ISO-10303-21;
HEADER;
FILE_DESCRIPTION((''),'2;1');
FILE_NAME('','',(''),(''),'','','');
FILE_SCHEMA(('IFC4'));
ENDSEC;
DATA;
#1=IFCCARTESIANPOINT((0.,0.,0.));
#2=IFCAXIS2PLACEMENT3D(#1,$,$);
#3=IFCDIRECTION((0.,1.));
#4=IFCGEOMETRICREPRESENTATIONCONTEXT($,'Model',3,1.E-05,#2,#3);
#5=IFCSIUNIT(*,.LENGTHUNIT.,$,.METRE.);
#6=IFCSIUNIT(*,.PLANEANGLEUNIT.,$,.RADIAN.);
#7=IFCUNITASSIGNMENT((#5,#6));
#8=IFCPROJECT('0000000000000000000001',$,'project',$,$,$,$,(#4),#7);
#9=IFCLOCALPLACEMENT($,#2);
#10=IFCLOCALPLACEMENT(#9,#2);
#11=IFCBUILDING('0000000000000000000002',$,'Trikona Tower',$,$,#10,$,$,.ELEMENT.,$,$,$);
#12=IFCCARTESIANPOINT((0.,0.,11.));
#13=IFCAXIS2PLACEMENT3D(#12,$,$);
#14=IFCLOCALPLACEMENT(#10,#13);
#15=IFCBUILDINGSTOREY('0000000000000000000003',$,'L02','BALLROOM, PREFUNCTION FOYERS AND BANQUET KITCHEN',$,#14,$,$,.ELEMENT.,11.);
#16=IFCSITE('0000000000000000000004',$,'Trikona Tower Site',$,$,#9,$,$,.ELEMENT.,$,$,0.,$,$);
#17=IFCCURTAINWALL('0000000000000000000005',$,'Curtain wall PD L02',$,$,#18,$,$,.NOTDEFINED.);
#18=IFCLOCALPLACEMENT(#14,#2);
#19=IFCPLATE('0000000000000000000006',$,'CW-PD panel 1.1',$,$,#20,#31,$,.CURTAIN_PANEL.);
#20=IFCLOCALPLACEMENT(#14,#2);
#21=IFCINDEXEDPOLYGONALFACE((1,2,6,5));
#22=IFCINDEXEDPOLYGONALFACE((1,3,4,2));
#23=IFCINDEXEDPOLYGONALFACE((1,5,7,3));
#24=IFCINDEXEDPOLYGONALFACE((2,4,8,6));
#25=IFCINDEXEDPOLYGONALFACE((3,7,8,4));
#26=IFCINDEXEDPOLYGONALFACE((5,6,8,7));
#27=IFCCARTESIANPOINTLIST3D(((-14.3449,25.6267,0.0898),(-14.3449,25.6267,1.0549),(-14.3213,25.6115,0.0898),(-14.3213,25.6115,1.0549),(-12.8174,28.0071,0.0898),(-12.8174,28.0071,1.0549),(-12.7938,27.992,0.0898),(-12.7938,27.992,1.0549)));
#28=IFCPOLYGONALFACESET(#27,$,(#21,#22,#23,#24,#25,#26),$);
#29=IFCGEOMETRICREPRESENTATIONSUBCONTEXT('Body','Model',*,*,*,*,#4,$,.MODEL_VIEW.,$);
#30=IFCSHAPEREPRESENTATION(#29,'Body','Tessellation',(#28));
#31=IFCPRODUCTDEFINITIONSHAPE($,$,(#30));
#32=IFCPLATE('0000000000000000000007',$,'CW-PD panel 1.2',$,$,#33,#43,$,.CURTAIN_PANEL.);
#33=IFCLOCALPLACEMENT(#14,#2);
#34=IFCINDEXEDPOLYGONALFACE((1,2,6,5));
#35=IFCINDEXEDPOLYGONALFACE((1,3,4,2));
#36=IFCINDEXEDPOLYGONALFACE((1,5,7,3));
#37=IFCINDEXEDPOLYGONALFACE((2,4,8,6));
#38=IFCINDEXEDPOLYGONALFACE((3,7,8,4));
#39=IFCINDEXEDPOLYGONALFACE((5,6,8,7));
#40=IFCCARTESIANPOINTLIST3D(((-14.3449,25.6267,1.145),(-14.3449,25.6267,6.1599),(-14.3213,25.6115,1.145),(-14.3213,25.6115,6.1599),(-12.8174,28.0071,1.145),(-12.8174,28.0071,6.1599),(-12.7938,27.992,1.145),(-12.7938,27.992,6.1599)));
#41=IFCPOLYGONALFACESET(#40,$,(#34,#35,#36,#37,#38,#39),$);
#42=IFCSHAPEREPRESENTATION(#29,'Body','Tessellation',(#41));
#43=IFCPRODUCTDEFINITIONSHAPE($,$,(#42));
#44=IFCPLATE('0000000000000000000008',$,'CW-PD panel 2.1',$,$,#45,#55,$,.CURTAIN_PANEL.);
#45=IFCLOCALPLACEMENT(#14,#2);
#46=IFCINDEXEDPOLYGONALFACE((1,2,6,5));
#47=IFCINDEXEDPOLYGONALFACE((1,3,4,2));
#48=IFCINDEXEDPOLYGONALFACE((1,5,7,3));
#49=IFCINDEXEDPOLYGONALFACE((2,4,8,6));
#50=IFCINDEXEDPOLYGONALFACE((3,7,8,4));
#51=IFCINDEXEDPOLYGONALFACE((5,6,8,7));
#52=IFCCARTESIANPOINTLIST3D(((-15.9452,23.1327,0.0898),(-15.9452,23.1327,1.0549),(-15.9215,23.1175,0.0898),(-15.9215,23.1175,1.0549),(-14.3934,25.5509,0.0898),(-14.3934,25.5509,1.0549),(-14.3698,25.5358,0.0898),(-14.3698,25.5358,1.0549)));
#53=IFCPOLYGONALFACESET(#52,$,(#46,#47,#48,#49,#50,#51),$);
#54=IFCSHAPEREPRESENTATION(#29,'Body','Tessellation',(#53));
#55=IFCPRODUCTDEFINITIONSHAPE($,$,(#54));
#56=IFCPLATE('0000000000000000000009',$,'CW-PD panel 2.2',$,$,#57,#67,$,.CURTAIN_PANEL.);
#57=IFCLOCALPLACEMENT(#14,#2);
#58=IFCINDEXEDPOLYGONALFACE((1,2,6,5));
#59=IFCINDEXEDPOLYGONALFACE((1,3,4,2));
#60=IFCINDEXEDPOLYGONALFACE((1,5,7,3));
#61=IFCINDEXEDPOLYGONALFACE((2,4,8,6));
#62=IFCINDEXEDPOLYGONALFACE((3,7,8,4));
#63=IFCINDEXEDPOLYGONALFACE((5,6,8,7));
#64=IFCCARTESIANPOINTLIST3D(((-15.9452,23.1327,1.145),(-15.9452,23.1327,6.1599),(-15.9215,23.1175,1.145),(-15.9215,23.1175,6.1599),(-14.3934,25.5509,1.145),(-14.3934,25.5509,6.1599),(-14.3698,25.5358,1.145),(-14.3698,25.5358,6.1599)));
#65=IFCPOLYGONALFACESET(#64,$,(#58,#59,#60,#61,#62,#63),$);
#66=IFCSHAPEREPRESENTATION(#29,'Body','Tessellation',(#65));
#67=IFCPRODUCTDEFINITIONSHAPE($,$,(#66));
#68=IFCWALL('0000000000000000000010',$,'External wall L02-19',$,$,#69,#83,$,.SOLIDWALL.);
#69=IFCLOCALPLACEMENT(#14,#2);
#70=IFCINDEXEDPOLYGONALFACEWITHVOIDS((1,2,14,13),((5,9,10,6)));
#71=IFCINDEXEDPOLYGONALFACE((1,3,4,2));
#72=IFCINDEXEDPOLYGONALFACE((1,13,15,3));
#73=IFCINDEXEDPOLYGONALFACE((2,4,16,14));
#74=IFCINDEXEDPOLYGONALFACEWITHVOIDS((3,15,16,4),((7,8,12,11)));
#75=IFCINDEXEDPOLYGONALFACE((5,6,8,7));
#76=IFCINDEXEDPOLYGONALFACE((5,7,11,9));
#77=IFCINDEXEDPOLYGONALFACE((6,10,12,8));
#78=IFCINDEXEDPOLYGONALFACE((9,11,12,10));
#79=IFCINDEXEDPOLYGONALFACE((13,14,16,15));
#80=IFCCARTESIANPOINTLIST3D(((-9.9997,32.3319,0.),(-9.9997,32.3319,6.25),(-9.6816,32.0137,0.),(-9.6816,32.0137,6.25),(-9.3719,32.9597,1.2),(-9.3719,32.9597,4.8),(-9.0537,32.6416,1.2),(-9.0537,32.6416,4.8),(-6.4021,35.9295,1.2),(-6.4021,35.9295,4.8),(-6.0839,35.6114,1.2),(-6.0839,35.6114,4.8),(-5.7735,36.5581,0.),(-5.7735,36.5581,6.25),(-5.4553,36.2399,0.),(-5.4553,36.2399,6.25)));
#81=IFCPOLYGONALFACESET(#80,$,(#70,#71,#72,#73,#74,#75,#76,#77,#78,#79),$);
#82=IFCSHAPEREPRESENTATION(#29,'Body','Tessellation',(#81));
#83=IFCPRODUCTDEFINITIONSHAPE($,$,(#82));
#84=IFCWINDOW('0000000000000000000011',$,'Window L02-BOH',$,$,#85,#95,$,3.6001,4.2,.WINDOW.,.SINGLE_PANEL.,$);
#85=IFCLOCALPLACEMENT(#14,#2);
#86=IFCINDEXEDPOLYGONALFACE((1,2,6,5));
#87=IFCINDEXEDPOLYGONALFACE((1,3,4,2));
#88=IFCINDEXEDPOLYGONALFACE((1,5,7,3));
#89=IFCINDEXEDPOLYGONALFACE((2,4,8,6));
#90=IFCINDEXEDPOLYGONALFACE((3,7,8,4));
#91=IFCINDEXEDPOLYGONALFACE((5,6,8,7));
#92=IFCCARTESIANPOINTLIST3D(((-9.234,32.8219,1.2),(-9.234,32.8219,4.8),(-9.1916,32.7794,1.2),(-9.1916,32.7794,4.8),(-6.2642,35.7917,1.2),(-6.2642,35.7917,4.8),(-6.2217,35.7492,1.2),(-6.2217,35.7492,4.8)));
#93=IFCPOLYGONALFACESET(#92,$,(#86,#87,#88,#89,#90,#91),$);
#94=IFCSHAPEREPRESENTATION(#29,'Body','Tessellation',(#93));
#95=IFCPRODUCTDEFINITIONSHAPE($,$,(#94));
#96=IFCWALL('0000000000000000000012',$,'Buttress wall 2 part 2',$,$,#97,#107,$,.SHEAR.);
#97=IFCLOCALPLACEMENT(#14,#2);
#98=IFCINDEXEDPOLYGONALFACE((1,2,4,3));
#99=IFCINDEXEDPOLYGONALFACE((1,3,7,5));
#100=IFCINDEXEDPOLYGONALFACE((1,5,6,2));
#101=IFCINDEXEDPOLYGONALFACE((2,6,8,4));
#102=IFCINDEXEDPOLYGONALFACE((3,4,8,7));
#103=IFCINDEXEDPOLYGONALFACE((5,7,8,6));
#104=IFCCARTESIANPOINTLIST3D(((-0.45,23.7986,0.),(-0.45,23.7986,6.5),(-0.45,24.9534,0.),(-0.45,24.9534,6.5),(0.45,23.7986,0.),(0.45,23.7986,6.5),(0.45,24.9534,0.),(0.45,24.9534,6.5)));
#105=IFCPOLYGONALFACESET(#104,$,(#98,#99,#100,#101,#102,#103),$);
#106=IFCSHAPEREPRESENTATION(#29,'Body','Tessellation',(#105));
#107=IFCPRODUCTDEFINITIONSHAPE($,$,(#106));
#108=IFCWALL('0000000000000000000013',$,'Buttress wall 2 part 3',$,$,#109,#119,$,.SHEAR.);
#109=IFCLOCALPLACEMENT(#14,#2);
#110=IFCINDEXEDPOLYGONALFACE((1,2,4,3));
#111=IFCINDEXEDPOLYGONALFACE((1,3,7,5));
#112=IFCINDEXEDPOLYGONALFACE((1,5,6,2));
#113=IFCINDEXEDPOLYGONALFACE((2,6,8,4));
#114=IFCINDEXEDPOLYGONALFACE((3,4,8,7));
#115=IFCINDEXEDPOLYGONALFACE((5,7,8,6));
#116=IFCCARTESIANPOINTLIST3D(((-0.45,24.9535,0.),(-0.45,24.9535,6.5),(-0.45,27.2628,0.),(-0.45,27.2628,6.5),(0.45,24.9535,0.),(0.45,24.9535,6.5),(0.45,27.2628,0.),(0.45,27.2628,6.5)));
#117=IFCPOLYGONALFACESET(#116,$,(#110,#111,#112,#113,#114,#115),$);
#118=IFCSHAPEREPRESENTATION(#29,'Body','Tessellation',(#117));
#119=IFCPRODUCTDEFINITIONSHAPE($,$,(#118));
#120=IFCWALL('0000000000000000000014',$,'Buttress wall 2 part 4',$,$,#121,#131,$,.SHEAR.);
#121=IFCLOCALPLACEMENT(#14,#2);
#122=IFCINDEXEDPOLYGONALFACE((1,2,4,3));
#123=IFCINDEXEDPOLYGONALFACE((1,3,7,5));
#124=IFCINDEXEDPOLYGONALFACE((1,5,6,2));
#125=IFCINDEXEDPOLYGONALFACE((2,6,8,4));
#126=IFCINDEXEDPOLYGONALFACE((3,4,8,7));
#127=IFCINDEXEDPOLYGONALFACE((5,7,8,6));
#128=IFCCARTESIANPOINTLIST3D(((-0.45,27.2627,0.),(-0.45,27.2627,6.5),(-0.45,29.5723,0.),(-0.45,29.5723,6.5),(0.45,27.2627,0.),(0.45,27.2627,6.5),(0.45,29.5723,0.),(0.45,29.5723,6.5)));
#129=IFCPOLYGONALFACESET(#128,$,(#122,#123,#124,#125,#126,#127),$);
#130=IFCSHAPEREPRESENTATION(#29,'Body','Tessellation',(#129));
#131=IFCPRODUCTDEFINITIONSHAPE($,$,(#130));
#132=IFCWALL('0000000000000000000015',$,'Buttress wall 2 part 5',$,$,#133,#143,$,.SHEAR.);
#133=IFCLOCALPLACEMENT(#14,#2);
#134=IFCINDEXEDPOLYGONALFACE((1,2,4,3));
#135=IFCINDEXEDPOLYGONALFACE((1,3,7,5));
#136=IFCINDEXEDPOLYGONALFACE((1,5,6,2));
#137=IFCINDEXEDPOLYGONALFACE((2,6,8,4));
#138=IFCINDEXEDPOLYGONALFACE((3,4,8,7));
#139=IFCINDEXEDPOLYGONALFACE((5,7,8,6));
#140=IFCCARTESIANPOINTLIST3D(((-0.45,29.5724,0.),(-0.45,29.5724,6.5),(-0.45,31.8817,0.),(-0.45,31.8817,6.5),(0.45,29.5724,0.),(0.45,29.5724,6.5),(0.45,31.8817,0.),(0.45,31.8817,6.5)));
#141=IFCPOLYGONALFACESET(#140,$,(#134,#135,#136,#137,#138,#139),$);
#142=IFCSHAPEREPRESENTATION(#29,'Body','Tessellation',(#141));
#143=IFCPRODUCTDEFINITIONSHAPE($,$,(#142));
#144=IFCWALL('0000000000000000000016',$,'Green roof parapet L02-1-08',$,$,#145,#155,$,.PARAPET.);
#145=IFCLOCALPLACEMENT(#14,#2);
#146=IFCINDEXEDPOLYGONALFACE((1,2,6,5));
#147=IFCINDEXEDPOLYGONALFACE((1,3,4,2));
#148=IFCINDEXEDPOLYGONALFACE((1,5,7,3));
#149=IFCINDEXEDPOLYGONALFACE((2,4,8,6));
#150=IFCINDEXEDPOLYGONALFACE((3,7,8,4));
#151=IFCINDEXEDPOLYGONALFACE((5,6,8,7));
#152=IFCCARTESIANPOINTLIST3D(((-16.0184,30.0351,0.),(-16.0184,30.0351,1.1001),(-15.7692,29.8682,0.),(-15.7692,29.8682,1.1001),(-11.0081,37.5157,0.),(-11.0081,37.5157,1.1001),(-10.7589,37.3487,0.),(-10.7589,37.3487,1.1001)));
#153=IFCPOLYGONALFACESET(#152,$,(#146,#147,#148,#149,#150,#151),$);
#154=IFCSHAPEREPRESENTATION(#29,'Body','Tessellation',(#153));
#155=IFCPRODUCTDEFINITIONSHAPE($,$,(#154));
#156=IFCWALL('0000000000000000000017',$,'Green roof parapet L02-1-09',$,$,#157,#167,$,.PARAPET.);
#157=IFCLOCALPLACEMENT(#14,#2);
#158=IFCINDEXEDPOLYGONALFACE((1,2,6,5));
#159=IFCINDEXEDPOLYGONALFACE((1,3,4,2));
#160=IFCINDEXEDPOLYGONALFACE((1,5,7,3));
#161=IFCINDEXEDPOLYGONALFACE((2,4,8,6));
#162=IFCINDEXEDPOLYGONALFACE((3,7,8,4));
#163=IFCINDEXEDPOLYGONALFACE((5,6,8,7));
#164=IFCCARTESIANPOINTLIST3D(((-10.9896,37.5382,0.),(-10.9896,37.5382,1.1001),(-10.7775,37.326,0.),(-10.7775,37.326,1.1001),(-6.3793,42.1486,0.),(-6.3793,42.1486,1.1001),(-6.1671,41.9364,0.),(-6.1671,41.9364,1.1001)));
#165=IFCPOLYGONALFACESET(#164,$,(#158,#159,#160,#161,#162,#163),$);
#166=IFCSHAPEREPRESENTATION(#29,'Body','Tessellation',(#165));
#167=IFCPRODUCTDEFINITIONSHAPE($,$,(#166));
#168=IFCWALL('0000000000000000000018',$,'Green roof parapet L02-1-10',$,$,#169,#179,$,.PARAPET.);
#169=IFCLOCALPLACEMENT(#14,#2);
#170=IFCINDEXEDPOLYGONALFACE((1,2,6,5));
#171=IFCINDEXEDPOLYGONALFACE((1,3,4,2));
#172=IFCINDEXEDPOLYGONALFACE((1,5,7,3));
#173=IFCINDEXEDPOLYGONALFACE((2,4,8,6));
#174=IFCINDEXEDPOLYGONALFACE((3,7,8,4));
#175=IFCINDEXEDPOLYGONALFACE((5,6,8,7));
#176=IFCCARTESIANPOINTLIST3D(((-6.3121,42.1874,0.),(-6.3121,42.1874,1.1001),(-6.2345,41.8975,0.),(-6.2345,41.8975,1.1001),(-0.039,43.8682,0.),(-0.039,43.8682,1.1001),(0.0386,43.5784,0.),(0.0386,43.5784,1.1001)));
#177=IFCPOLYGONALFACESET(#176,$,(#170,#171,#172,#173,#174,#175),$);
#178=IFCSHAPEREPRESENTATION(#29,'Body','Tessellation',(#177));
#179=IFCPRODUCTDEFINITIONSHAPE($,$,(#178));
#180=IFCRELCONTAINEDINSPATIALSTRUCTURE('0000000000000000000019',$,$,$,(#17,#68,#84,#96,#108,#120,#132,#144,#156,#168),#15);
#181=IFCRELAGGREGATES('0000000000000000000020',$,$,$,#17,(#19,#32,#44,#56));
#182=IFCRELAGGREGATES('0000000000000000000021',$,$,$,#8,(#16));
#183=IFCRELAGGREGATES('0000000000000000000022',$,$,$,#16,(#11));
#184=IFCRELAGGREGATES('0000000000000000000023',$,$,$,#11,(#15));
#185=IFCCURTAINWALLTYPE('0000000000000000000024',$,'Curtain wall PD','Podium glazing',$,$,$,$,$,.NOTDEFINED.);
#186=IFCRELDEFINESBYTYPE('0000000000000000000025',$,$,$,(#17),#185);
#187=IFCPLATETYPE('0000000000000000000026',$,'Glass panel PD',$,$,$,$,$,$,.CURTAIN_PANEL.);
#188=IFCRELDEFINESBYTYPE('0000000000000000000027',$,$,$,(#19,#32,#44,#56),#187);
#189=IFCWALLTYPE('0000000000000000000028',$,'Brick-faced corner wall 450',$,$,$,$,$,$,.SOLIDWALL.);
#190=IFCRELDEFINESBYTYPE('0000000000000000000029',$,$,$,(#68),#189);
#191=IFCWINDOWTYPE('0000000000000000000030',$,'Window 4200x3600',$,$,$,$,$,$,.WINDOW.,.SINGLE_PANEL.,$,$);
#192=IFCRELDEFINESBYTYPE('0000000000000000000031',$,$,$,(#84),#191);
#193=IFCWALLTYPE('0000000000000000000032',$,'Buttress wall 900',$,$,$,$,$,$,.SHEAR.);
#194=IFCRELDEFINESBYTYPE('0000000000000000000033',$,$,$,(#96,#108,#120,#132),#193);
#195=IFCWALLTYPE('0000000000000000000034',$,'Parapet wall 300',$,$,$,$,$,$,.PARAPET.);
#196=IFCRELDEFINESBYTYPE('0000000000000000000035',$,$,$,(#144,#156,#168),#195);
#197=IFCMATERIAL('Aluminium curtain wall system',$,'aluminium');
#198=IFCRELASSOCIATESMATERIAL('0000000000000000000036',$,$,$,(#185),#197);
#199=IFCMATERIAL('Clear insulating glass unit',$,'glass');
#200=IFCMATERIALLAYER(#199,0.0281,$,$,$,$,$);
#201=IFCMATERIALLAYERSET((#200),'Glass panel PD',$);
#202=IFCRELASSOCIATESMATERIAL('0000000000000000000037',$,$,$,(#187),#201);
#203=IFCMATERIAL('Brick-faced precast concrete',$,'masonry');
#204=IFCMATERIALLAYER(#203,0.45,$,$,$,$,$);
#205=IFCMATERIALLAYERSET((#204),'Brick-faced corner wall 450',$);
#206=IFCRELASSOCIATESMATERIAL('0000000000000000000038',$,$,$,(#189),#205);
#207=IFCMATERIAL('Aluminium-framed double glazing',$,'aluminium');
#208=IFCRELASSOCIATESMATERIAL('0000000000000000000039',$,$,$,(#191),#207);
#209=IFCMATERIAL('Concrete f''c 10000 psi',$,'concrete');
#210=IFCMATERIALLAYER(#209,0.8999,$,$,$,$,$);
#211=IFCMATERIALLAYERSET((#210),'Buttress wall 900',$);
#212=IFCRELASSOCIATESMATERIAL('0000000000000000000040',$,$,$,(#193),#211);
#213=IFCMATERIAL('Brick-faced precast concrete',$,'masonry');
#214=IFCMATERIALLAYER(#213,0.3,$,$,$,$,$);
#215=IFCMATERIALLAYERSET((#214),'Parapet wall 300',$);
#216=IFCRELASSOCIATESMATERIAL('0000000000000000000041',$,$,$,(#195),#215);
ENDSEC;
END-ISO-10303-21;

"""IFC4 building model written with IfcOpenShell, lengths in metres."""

from ifc_helpers import new_model, si_unit, direction, frame, frame_2d, origin, origin_2d, place, context, subcontext, project, spatial, rectangle, extrude, material, layer, layer_set, type_object, element, fill, aggregate, save


model = new_model("IFC4")

# Units and contexts
model_context = context("Model", 3, precision=1e-05, world=origin(), true_north=direction((0.0, 1.0)))
body_context = subcontext(model_context, "Body", "Model", "MODEL_VIEW")
ifc_project = project(units=[si_unit("LENGTHUNIT", "METRE"), si_unit("PLANEANGLEUNIT", "RADIAN")], contexts=[model_context])

# Site, building, storey
site_placement = place(None, origin())
site = spatial("IfcSite", under=ifc_project, at=site_placement, Name="Trikona Tower Site", CompositionType="ELEMENT", RefElevation=0.0)
building_placement = place(site_placement, origin())
building = spatial("IfcBuilding", under=site, at=building_placement, Name="Trikona Tower", CompositionType="ELEMENT")
storey_placement = place(building_placement, frame((0.0, 0.0, 11.0)))
storey = spatial("IfcBuildingStorey", under=building, at=storey_placement, Name="L02", Description="BALLROOM, PREFUNCTION FOYERS AND BANQUET KITCHEN", CompositionType="ELEMENT", Elevation=11.0)

# Curtain wall
ifc_material_1 = material(Name="Aluminium curtain wall system", Category="aluminium")
curtain_wall_type = type_object("IfcCurtainWallType", Name="Curtain wall PD", Description="Podium glazing", PredefinedType="NOTDEFINED", material=ifc_material_1)
curtain_wall_1_placement = place(storey_placement, origin())
curtain_wall_1 = element("IfcCurtainWall", 1, at=curtain_wall_1_placement, inside=storey, type_object=curtain_wall_type, Name="Curtain wall PD L02", PredefinedType="NOTDEFINED")

# Plates
ifc_material_2 = material(Name="Clear insulating glass unit", Category="glass")
ifc_layer_1 = layer(ifc_material_2, 0.0281)
ifc_layer_set_1 = layer_set([ifc_layer_1], Name="Glass panel PD")
plate_type = type_object("IfcPlateType", Name="Glass panel PD", PredefinedType="CURTAIN_PANEL", material=ifc_layer_set_1)
plate_1_placement = place(storey_placement, frame((-13.5693, 26.8093, 0.0898), z_axis=(0.0, 0.0, 1.0), x_axis=(-0.540066, -0.841623, 0.0)))
plate_1 = element("IfcPlate", 2, at=plate_1_placement, type_object=plate_type, Name="CW-PD panel 1.1", PredefinedType="CURTAIN_PANEL", context=body_context, shape_type="SweptSolid", body=[
    extrude(rectangle(XDim=2.8284, YDim=0.0281, at=origin_2d()), origin(), (0.0, 0.0, 1.0), 0.9651),
])
plate_2_placement = place(storey_placement, frame((-13.5693, 26.8093, 1.145), z_axis=(0.0, 0.0, 1.0), x_axis=(-0.540066, -0.841623, 0.0)))
plate_2 = element("IfcPlate", 3, at=plate_2_placement, type_object=plate_type, Name="CW-PD panel 1.2", PredefinedType="CURTAIN_PANEL", context=body_context, shape_type="SweptSolid", body=[
    extrude(rectangle(XDim=2.8284, YDim=0.0281, at=origin_2d()), origin(), (0.0, 0.0, 1.0), 5.0149),
])
plate_3_placement = place(storey_placement, frame((-15.1575, 24.3342, 0.0898), z_axis=(0.0, 0.0, 1.0), x_axis=(-0.540066, -0.841623, 0.0)))
plate_3 = element("IfcPlate", 4, at=plate_3_placement, type_object=plate_type, Name="CW-PD panel 2.1", PredefinedType="CURTAIN_PANEL", context=body_context, shape_type="SweptSolid", body=[
    extrude(rectangle(XDim=2.8733, YDim=0.0281, at=origin_2d()), origin(), (0.0, 0.0, 1.0), 0.9651),
])
plate_4_placement = place(storey_placement, frame((-15.1575, 24.3342, 1.145), z_axis=(0.0, 0.0, 1.0), x_axis=(-0.540066, -0.841623, 0.0)))
plate_4 = element("IfcPlate", 5, at=plate_4_placement, type_object=plate_type, Name="CW-PD panel 2.2", PredefinedType="CURTAIN_PANEL", context=body_context, shape_type="SweptSolid", body=[
    extrude(rectangle(XDim=2.8733, YDim=0.0281, at=origin_2d()), origin(), (0.0, 0.0, 1.0), 5.0149),
])
aggregate(curtain_wall_1, [plate_1, plate_2, plate_3, plate_4])

# Wall, opening, window
ifc_material_3 = material(Name="Brick-faced precast concrete", Category="masonry")
ifc_layer_2 = layer(ifc_material_3, 0.45)
ifc_layer_set_2 = layer_set([ifc_layer_2], Name="Brick-faced corner wall 450")
wall_type_1 = type_object("IfcWallType", Name="Brick-faced corner wall 450", PredefinedType="SOLIDWALL", material=ifc_layer_set_2)
wall_1_placement = place(storey_placement, frame((-5.6145, 36.3989, 0.0), z_axis=(0.0, 0.0, 1.0), x_axis=(-0.707107, -0.707107, 0.0)))
wall_1 = element("IfcWall", 6, at=wall_1_placement, inside=storey, type_object=wall_type_1, Name="External wall L02-19", PredefinedType="SOLIDWALL", context=body_context, shape_type="SweptSolid", body=[
    extrude(rectangle(XDim=5.9768, YDim=0.45, at=frame_2d((2.9883, 0.0))), origin(), (0.0, 0.0, 1.0), 6.25),
])
opening_placement = place(wall_1_placement, frame((0.8887, 0.0, 1.2)))
opening = element("IfcOpeningElement", 7, at=opening_placement, cuts=wall_1, PredefinedType="OPENING", context=body_context, shape_type="SweptSolid", body=[
    extrude(rectangle(XDim=4.2, YDim=3.6001, at=frame_2d((2.1001, 1.8))), frame((0.0, 0.2349, 0.0), z_axis=(0.0, -1.0, 0.0), x_axis=(1.0, 0.0, 0.0)), (0.0, 0.0, 1.0), 0.47),
])
ifc_material_4 = material(Name="Aluminium-framed double glazing", Category="aluminium")
window_type = type_object("IfcWindowType", Name="Window 4200x3600", PartitioningType="SINGLE_PANEL", PredefinedType="WINDOW", material=ifc_material_4)
window_placement = place(opening_placement, origin())
window = element("IfcWindow", 8, at=window_placement, inside=storey, type_object=window_type, Name="Window L02-BOH", OverallHeight=3.6001, OverallWidth=4.2, PartitioningType="SINGLE_PANEL", PredefinedType="WINDOW", context=body_context, shape_type="SweptSolid", body=[
    extrude(rectangle(XDim=4.2, YDim=3.6001, at=frame_2d((2.1001, 1.8))), frame((0.0, 0.03, 0.0), z_axis=(0.0, -1.0, 0.0), x_axis=(1.0, 0.0, 0.0)), (0.0, 0.0, 1.0), 0.0601),
])
fill(opening, window)

# Walls
ifc_material_5 = material(Name="Concrete f'c 10000 psi", Category="concrete")
ifc_layer_3 = layer(ifc_material_5, 0.8999)
ifc_layer_set_3 = layer_set([ifc_layer_3], Name="Buttress wall 900")
wall_type_2 = type_object("IfcWallType", Name="Buttress wall 900", PredefinedType="SHEAR", material=ifc_layer_set_3)
wall_2_placement = place(storey_placement, frame((0.0, 23.7986, 0.0), z_axis=(0.0, 0.0, 1.0), x_axis=(0.0, 1.0, 0.0)))
element("IfcWall", 9, at=wall_2_placement, inside=storey, type_object=wall_type_2, Name="Buttress wall 2 part 2", PredefinedType="SHEAR", context=body_context, shape_type="SweptSolid", body=[
    extrude(rectangle(XDim=1.1548, YDim=0.8999, at=frame_2d((0.5774, 0.0))), origin(), (0.0, 0.0, 1.0), 6.5),
])
wall_3_placement = place(storey_placement, frame((0.0, 24.9534, 0.0), z_axis=(0.0, 0.0, 1.0), x_axis=(0.0, 1.0, 0.0)))
element("IfcWall", 10, at=wall_3_placement, inside=storey, type_object=wall_type_2, Name="Buttress wall 2 part 3", PredefinedType="SHEAR", context=body_context, shape_type="SweptSolid", body=[
    extrude(rectangle(XDim=2.3093, YDim=0.8999, at=frame_2d((1.1548, 0.0))), origin(), (0.0, 0.0, 1.0), 6.5),
])
wall_4_placement = place(storey_placement, frame((0.0, 27.2627, 0.0), z_axis=(0.0, 0.0, 1.0), x_axis=(0.0, 1.0, 0.0)))
element("IfcWall", 11, at=wall_4_placement, inside=storey, type_object=wall_type_2, Name="Buttress wall 2 part 4", PredefinedType="SHEAR", context=body_context, shape_type="SweptSolid", body=[
    extrude(rectangle(XDim=2.3096, YDim=0.8999, at=frame_2d((1.1548, 0.0))), origin(), (0.0, 0.0, 1.0), 6.5),
])
wall_5_placement = place(storey_placement, frame((0.0, 29.5723, 0.0), z_axis=(0.0, 0.0, 1.0), x_axis=(0.0, 1.0, 0.0)))
element("IfcWall", 12, at=wall_5_placement, inside=storey, type_object=wall_type_2, Name="Buttress wall 2 part 5", PredefinedType="SHEAR", context=body_context, shape_type="SweptSolid", body=[
    extrude(rectangle(XDim=2.3093, YDim=0.8999, at=frame_2d((1.1548, 0.0))), origin(), (0.0, 0.0, 1.0), 6.5),
])
ifc_material_6 = material(Name="Brick-faced precast concrete", Category="masonry")
ifc_layer_4 = layer(ifc_material_6, 0.3)
ifc_layer_set_4 = layer_set([ifc_layer_4], Name="Parapet wall 300")
wall_type_3 = type_object("IfcWallType", Name="Parapet wall 300", PredefinedType="PARAPET", material=ifc_layer_set_4)
wall_6_placement = place(storey_placement, frame((-15.8938, 29.9517, 0.0), z_axis=(0.0, 0.0, 1.0), x_axis=(0.556489, 0.830855, 0.0)))
element("IfcWall", 13, at=wall_6_placement, inside=storey, type_object=wall_type_3, Name="Green roof parapet L02-1-08", PredefinedType="PARAPET", context=body_context, shape_type="SweptSolid", body=[
    extrude(rectangle(XDim=9.0034, YDim=0.3, at=frame_2d((4.5017, 0.0))), origin(), (0.0, 0.0, 1.0), 1.1001),
])
wall_7_placement = place(storey_placement, frame((-10.8835, 37.4321, 0.0), z_axis=(0.0, 0.0, 1.0), x_axis=(0.707107, 0.707107, 0.0)))
element("IfcWall", 14, at=wall_7_placement, inside=storey, type_object=wall_type_3, Name="Green roof parapet L02-1-09", PredefinedType="PARAPET", context=body_context, shape_type="SweptSolid", body=[
    extrude(rectangle(XDim=6.52, YDim=0.3, at=frame_2d((3.26, 0.0))), origin(), (0.0, 0.0, 1.0), 1.1001),
])
wall_8_placement = place(storey_placement, frame((-6.2732, 42.0425, 0.0), z_axis=(0.0, 0.0, 1.0), x_axis=(0.965925, 0.258821, 0.0)))
element("IfcWall", 15, at=wall_8_placement, inside=storey, type_object=wall_type_3, Name="Green roof parapet L02-1-10", PredefinedType="PARAPET", context=body_context, shape_type="SweptSolid", body=[
    extrude(rectangle(XDim=6.4944, YDim=0.3, at=frame_2d((3.2471, 0.0))), origin(), (0.0, 0.0, 1.0), 1.1001),
])

save(model, "model.ifc")
